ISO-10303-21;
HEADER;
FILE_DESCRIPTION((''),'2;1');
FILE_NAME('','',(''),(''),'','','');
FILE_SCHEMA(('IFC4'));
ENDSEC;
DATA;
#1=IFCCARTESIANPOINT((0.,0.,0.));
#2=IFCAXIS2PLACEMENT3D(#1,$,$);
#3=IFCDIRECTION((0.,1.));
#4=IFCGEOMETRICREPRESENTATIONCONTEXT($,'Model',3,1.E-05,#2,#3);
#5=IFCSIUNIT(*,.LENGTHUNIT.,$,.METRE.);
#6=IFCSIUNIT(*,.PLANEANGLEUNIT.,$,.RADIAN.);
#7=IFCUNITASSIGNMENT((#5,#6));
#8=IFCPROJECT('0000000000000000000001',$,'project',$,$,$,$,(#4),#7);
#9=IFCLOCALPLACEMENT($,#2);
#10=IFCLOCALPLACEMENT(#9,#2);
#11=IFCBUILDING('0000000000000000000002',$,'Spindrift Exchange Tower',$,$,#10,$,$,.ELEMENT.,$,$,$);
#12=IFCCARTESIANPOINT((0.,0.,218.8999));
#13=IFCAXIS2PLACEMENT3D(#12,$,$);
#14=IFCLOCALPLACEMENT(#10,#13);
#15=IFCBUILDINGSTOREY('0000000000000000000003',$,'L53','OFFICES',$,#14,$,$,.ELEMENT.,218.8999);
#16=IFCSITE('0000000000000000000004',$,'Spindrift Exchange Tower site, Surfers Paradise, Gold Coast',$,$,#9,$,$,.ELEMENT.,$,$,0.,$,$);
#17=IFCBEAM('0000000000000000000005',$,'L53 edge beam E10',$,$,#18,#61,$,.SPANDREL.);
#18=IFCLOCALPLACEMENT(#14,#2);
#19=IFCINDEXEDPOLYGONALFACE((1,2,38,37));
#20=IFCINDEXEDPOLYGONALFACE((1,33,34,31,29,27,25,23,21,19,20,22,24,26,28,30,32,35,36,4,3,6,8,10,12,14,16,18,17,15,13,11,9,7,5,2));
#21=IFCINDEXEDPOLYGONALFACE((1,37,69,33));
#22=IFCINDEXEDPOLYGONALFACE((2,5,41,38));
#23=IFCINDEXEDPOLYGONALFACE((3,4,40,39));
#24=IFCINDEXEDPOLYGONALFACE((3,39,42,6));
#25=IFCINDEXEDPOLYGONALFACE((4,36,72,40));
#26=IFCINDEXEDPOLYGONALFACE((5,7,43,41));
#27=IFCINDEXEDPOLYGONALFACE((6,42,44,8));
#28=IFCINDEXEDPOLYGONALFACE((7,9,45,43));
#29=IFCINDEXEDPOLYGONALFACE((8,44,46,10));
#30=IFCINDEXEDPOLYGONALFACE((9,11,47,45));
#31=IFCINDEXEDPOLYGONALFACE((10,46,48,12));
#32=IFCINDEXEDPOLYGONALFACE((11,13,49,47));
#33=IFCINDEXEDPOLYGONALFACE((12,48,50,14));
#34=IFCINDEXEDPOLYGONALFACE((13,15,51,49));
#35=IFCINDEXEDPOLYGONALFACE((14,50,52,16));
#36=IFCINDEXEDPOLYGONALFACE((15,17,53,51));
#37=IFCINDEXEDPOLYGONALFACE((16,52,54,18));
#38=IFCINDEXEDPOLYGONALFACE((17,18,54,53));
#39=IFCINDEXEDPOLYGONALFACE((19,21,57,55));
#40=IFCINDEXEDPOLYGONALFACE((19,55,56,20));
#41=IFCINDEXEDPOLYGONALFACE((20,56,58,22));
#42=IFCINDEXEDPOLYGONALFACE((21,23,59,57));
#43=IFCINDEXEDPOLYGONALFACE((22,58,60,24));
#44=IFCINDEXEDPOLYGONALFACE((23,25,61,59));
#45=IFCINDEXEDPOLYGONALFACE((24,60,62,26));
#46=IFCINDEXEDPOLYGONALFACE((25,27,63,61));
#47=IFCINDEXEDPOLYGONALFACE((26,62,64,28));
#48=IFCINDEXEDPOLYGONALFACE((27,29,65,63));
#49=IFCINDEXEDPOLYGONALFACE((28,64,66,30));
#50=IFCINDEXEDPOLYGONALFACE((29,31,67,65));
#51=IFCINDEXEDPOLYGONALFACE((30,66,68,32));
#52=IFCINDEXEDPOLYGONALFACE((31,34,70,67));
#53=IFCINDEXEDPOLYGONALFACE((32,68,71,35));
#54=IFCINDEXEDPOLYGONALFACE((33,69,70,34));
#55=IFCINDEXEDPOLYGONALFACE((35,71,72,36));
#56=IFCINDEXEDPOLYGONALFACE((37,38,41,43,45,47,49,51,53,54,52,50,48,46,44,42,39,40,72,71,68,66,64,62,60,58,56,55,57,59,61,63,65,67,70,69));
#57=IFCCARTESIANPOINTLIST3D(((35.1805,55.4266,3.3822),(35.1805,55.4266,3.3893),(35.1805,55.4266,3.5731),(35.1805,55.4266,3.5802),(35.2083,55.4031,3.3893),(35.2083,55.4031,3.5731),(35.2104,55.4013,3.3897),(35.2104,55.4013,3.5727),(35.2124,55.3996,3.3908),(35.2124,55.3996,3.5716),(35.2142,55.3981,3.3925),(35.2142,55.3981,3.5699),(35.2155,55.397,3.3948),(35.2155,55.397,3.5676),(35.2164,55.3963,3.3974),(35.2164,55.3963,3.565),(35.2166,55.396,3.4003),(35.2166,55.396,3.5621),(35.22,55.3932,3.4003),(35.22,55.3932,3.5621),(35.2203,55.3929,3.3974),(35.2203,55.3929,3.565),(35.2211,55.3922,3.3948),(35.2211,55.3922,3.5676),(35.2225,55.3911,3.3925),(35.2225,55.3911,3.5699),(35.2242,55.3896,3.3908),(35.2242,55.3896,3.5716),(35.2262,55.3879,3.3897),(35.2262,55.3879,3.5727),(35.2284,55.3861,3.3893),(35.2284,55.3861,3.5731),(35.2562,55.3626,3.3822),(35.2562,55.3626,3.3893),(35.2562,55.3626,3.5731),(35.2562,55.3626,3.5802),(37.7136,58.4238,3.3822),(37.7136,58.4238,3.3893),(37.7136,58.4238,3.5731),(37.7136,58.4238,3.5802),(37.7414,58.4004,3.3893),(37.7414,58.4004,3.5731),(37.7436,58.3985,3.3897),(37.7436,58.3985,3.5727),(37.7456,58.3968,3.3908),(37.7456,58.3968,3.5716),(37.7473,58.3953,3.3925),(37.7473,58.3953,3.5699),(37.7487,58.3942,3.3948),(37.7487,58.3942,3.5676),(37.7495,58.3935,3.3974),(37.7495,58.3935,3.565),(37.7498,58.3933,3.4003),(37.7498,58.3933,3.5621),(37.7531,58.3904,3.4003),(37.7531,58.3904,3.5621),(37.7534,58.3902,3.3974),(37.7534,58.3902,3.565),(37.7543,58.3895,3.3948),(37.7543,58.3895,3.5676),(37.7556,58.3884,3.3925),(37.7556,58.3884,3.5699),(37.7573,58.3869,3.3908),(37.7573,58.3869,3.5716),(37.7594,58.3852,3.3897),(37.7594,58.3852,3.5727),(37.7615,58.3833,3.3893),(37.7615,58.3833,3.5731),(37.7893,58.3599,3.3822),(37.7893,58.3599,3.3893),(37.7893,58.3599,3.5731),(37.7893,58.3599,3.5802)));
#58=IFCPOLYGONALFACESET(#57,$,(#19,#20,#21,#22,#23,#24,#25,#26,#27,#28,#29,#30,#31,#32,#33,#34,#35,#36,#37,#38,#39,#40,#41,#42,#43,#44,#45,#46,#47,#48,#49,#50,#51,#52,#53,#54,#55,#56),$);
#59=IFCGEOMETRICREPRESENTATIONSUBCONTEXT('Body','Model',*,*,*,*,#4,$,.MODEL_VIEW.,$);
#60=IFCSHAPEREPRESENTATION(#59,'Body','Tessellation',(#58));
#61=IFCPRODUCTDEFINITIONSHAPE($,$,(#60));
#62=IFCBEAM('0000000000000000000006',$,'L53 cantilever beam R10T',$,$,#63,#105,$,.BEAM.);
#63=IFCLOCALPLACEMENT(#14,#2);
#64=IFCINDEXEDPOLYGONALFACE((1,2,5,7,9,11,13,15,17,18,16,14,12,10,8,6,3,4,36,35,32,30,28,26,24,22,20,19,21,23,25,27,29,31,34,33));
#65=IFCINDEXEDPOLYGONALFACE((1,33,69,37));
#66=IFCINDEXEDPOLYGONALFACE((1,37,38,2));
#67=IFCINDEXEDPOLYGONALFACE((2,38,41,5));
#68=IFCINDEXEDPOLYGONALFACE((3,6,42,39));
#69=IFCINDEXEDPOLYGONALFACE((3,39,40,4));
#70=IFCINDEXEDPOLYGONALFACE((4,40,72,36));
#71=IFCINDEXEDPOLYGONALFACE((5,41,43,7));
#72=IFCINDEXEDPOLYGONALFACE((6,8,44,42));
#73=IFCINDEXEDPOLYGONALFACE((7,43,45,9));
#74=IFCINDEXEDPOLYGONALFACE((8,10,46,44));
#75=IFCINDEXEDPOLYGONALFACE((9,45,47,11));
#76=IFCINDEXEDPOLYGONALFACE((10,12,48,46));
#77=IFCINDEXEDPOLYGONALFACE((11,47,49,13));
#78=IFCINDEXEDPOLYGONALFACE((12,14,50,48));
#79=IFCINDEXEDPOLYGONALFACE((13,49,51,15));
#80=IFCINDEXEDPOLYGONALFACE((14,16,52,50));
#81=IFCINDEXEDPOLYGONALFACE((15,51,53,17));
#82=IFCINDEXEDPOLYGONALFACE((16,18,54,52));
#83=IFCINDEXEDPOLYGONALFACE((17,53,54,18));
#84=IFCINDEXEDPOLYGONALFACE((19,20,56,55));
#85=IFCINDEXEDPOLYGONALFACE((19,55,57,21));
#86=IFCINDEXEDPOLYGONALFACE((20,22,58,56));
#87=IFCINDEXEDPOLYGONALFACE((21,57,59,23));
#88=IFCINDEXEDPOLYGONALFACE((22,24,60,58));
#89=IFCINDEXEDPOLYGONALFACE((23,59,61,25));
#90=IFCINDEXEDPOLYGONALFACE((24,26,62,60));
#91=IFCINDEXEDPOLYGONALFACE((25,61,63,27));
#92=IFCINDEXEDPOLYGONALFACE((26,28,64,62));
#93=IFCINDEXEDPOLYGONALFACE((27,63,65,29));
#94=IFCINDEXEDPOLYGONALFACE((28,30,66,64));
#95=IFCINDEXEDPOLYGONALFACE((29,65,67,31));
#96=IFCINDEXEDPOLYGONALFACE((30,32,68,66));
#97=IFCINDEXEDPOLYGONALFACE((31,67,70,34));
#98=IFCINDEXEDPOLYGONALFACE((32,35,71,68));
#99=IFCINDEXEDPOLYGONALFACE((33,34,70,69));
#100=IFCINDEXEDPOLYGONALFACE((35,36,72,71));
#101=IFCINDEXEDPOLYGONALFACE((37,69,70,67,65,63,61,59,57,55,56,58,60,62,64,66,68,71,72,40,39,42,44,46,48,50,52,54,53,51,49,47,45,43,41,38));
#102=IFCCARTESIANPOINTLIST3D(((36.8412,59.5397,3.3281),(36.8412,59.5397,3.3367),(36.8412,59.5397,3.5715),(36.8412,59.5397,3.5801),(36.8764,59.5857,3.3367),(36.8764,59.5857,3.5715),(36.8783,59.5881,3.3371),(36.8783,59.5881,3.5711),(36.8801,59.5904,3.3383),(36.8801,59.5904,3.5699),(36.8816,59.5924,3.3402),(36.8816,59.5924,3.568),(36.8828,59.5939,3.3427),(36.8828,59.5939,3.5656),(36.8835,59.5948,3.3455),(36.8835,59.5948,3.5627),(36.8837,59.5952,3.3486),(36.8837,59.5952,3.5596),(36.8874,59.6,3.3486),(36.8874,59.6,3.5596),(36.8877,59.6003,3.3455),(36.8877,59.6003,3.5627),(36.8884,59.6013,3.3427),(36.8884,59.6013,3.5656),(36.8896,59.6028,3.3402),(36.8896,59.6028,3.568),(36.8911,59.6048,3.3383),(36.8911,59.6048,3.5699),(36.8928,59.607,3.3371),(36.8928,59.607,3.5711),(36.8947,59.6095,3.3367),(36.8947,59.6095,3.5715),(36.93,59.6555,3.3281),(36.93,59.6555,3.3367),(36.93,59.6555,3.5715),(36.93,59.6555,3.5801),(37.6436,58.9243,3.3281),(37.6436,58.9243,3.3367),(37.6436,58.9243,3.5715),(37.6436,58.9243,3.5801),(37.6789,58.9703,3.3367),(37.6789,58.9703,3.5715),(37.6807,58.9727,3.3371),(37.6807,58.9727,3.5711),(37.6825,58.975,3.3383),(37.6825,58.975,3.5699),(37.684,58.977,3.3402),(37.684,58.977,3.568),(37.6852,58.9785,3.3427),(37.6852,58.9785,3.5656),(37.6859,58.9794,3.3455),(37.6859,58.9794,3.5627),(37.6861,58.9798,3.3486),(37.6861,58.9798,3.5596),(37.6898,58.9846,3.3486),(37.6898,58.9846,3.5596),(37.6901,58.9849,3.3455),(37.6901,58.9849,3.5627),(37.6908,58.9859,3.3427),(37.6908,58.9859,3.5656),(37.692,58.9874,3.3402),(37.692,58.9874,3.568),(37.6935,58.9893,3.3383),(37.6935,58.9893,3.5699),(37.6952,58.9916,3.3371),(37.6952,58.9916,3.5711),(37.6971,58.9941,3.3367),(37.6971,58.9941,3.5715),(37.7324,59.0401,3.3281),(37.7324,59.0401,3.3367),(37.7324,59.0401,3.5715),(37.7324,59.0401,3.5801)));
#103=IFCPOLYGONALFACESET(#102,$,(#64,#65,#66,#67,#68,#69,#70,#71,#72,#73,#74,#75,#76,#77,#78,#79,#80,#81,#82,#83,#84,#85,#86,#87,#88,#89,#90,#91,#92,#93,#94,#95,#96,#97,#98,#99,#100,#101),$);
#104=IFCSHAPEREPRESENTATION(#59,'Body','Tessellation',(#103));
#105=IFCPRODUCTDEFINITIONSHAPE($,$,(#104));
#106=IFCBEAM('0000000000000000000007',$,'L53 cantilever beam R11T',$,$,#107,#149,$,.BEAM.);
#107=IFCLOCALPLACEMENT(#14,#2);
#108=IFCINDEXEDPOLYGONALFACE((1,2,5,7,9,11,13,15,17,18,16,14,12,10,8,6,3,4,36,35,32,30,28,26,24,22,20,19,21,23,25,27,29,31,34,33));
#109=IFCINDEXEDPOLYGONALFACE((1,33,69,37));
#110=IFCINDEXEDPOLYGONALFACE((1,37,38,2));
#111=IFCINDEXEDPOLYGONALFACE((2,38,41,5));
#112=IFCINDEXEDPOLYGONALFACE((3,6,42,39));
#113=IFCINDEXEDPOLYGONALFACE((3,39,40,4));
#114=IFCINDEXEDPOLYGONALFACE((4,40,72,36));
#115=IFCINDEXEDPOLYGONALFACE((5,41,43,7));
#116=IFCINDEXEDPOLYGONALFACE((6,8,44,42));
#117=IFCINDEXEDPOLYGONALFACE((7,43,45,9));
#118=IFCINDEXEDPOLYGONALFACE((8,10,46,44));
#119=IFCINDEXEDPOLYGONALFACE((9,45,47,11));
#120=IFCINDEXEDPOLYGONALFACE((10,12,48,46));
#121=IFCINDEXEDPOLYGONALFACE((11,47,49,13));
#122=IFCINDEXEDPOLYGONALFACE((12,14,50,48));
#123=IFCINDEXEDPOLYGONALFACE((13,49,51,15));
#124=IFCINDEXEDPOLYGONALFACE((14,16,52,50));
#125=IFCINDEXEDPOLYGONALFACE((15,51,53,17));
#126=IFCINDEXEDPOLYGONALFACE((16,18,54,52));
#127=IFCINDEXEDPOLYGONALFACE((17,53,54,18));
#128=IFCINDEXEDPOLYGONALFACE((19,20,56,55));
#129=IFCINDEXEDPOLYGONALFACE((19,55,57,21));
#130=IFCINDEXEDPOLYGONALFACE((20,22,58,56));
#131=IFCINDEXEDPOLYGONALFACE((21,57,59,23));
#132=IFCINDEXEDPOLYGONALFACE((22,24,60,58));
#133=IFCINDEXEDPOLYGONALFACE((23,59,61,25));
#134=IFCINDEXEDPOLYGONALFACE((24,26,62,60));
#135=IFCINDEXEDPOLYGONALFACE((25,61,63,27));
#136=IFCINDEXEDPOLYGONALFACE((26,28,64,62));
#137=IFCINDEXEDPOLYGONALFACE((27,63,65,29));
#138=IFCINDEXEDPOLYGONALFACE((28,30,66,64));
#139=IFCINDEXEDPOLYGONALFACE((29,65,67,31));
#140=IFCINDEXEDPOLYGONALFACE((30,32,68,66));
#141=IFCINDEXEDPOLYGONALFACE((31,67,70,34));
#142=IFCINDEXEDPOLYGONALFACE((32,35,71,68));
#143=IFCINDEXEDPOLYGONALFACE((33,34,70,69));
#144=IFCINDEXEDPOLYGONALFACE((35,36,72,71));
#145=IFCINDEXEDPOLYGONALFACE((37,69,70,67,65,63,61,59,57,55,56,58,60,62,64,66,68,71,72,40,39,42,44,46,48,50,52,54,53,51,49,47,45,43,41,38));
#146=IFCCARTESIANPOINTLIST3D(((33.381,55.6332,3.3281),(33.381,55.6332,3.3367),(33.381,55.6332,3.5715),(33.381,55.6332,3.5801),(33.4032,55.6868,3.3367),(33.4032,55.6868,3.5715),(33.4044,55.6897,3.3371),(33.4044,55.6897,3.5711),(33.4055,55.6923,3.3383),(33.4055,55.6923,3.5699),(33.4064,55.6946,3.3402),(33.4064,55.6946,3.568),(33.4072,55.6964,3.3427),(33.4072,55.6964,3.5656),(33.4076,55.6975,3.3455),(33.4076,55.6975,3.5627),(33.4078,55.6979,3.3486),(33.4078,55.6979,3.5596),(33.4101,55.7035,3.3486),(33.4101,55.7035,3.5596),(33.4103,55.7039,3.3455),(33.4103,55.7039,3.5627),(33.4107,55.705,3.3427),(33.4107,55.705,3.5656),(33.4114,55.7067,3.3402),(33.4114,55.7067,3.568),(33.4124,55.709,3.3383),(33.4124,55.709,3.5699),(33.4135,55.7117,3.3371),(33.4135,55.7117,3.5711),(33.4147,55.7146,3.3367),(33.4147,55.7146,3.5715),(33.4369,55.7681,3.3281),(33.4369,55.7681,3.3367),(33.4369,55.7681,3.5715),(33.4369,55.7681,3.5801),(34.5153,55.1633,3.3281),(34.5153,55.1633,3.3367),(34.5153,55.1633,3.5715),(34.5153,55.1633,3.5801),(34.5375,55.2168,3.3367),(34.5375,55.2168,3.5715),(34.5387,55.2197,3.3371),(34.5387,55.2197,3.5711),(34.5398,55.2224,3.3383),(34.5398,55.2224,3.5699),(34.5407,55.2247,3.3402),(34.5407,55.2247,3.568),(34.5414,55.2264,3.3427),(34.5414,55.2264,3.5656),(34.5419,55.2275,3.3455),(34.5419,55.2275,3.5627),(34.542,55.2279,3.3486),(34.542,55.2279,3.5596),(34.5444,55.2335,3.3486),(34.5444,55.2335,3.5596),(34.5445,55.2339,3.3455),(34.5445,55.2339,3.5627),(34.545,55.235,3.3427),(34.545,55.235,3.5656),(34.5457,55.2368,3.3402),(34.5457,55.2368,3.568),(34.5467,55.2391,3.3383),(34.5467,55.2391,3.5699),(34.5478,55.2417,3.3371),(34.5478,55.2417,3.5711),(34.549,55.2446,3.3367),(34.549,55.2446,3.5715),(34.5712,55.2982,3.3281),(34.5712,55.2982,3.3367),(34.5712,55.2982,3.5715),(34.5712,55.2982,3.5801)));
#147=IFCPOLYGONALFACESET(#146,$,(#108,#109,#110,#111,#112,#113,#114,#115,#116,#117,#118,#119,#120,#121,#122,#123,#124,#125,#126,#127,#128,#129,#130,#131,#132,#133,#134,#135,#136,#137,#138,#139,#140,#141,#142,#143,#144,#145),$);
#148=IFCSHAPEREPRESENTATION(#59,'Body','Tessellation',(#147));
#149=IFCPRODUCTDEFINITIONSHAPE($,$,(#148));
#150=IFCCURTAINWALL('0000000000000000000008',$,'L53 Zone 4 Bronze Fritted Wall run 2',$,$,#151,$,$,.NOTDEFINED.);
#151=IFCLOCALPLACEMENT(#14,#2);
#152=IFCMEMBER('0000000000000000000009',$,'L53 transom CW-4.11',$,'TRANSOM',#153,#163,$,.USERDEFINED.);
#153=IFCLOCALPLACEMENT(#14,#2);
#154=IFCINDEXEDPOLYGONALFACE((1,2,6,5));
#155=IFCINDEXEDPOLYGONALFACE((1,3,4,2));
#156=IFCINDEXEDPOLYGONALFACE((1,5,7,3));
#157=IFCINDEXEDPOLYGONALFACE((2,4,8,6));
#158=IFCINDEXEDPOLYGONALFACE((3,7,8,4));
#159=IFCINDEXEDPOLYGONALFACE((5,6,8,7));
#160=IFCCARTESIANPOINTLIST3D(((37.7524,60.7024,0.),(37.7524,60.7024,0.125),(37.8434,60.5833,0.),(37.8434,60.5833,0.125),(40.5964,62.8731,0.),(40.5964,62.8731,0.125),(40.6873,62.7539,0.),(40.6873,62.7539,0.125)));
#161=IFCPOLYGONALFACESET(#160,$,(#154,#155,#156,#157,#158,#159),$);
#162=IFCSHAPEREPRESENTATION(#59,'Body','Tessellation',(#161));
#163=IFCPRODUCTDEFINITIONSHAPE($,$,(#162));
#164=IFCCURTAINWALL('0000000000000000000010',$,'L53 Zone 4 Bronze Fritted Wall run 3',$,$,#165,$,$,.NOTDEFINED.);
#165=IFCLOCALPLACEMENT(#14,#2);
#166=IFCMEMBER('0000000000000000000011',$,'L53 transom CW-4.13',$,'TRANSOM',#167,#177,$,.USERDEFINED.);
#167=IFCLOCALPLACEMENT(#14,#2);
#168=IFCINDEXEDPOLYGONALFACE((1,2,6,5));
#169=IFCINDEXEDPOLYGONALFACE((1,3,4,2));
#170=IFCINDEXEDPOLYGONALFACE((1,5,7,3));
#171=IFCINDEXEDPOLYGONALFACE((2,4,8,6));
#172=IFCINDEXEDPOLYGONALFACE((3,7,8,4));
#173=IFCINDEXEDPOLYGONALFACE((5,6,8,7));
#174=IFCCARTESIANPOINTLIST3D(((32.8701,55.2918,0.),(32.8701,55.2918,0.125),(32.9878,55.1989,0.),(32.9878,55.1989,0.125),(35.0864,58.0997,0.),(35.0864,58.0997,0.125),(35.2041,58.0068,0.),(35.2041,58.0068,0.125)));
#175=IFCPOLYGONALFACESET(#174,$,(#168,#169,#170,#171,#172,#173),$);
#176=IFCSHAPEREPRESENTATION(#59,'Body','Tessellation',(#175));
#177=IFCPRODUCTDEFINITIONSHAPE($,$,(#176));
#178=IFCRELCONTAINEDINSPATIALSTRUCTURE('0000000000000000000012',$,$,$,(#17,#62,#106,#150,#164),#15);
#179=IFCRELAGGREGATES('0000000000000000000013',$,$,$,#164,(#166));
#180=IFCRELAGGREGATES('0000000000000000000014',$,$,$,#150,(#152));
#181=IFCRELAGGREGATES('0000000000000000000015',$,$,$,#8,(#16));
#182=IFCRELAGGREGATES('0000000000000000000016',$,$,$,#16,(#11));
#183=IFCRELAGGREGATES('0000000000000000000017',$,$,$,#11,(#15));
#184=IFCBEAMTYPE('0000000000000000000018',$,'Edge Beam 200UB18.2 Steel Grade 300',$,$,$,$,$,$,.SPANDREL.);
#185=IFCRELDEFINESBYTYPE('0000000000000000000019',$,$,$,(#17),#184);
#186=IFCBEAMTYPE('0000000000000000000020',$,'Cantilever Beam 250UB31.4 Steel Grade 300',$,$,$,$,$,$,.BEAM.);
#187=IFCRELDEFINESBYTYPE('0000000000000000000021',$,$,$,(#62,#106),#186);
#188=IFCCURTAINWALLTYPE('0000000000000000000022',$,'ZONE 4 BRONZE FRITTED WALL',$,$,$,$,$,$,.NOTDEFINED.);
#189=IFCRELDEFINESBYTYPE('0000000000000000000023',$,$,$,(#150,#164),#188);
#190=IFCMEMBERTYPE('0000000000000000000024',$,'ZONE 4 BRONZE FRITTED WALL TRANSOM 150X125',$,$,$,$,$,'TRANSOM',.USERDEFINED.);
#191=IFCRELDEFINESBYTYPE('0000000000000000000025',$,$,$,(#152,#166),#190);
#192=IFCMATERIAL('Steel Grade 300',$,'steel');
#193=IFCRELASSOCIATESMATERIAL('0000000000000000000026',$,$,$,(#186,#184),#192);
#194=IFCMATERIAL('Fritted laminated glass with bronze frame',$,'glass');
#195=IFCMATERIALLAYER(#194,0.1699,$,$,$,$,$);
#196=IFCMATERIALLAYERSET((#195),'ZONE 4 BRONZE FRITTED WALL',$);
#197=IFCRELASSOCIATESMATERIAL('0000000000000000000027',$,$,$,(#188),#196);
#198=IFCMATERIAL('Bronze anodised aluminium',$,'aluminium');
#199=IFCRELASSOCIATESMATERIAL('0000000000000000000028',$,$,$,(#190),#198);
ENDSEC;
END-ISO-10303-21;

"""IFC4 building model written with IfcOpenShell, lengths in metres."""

from ifc_helpers import new_model, si_unit, direction, frame, origin, origin_2d, place, context, subcontext, project, spatial, rectangle, i_section, extrude, source, transform, mapped, material, layer, layer_set, material_profile, profile_set, type_object, element, aggregate, save


model = new_model("IFC4")

# Units and contexts
model_context = context("Model", 3, precision=1e-05, world=origin(), true_north=direction((0.0, 1.0)))
body_context = subcontext(model_context, "Body", "Model", "MODEL_VIEW")
ifc_project = project(units=[si_unit("LENGTHUNIT", "METRE"), si_unit("PLANEANGLEUNIT", "RADIAN")], contexts=[model_context])

# Site, building, storey
site_placement = place(None, origin())
site = spatial("IfcSite", under=ifc_project, at=site_placement, Name="Spindrift Exchange Tower site, Surfers Paradise, Gold Coast", CompositionType="ELEMENT", RefElevation=0.0)
building_placement = place(site_placement, origin())
building = spatial("IfcBuilding", under=site, at=building_placement, Name="Spindrift Exchange Tower", CompositionType="ELEMENT")
storey_placement = place(building_placement, frame((0.0, 0.0, 218.8999)))
storey = spatial("IfcBuildingStorey", under=building, at=storey_placement, Name="L53", Description="OFFICES", CompositionType="ELEMENT", Elevation=218.8999)

# Beams
ifc_material_1 = material(Name="Steel Grade 300", Category="steel")
ifc_material_profile_1 = material_profile(ifc_material_1, i_section(OverallWidth=0.146, OverallDepth=0.252, WebThickness=0.0061, FlangeThickness=0.0085, FilletRadius=0.012, at=origin_2d()), Name="250UB31.4")
ifc_profile_set_1 = profile_set([ifc_material_profile_1], Name="Steel Grade 300")
beam_type_1 = type_object("IfcBeamType", Name="Cantilever Beam 250UB31.4 Steel Grade 300", PredefinedType="BEAM", material=ifc_profile_set_1)
ifc_material_profile_2 = material_profile(ifc_material_1, i_section(OverallWidth=0.0991, OverallDepth=0.198, WebThickness=0.0044, FlangeThickness=0.0071, FilletRadius=0.011, at=origin_2d()), Name="200UB18.2")
ifc_profile_set_2 = profile_set([ifc_material_profile_2], Name="Steel Grade 300")
beam_type_2 = type_object("IfcBeamType", Name="Edge Beam 200UB18.2 Steel Grade 300", PredefinedType="SPANDREL", material=ifc_profile_set_2)
shared_shape_1 = source(origin(), body_context, "Body", "SweptSolid", [
    extrude(i_section(OverallWidth=0.0991, OverallDepth=0.198, WebThickness=0.0044, FlangeThickness=0.0071, FilletRadius=0.011, at=origin_2d()), origin(), (0.0, 0.0, 1.0), 3.9243),
])
beam_1_placement = place(storey_placement, frame((37.7515, 58.3918, 3.4812), z_axis=(-0.645499, -0.763761, 0.0), x_axis=(0.763761, -0.645499, 0.0)))
element("IfcBeam", 1, at=beam_1_placement, inside=storey, type_object=beam_type_2, Name="L53 edge beam E10", PredefinedType="SPANDREL", context=body_context, shape_type="MappedRepresentation", body=[
    mapped(shared_shape_1, transform((0.0, 0.0, 0.0), scale=1.0)),
])
shared_shape_2 = source(origin(), body_context, "Body", "SweptSolid", [
    extrude(i_section(OverallWidth=0.146, OverallDepth=0.252, WebThickness=0.0061, FlangeThickness=0.0085, FilletRadius=0.012, at=origin_2d()), origin(), (0.0, 0.0, 1.0), 1.0112),
])
beam_2_placement = place(storey_placement, frame((37.688, 58.9822, 3.4541), z_axis=(-0.793494, 0.608579, 0.0), x_axis=(-0.608579, -0.793494, 0.0)))
element("IfcBeam", 2, at=beam_2_placement, inside=storey, type_object=beam_type_1, Name="L53 cantilever beam R10T", PredefinedType="BEAM", context=body_context, shape_type="MappedRepresentation", body=[
    mapped(shared_shape_2, transform((0.0, 0.0, 0.0), scale=1.0)),
])
shared_shape_3 = source(origin(), body_context, "Body", "SweptSolid", [
    extrude(i_section(OverallWidth=0.146, OverallDepth=0.252, WebThickness=0.0061, FlangeThickness=0.0085, FilletRadius=0.012, at=origin_2d()), origin(), (0.0, 0.0, 1.0), 1.2278),
])
beam_3_placement = place(storey_placement, frame((34.5432, 55.2307, 3.4541), z_axis=(-0.92384, 0.382779, 0.0), x_axis=(-0.382779, -0.92384, 0.0)))
element("IfcBeam", 3, at=beam_3_placement, inside=storey, type_object=beam_type_1, Name="L53 cantilever beam R11T", PredefinedType="BEAM", context=body_context, shape_type="MappedRepresentation", body=[
    mapped(shared_shape_3, transform((0.0, 0.0, 0.0), scale=1.0)),
])

# Curtain walls, members
ifc_material_2 = material(Name="Fritted laminated glass with bronze frame", Category="glass")
ifc_layer_1 = layer(ifc_material_2, 0.1699)
ifc_layer_set_1 = layer_set([ifc_layer_1], Name="ZONE 4 BRONZE FRITTED WALL")
curtain_wall_type = type_object("IfcCurtainWallType", Name="ZONE 4 BRONZE FRITTED WALL", PredefinedType="NOTDEFINED", material=ifc_layer_set_1)
curtain_wall_1_placement = place(storey_placement, origin())
curtain_wall_1 = element("IfcCurtainWall", 4, at=curtain_wall_1_placement, inside=storey, type_object=curtain_wall_type, Name="L53 Zone 4 Bronze Fritted Wall run 2", PredefinedType="NOTDEFINED")
ifc_material_3 = material(Name="Bronze anodised aluminium", Category="aluminium")
ifc_material_profile_3 = material_profile(ifc_material_3, rectangle(XDim=0.1499, YDim=0.125, at=origin_2d()), Name="ZONE 4 BRONZE FRITTED WALL TRANSOM 150X125")
ifc_profile_set_3 = profile_set([ifc_material_profile_3], Name="Bronze anodised aluminium")
member_type_1 = type_object("IfcMemberType", Name="ZONE 4 BRONZE FRITTED WALL TRANSOM 150X125", ElementType="TRANSOM", PredefinedType="USERDEFINED", material=ifc_profile_set_3)
shared_shape_4 = source(origin(), body_context, "Body", "SweptSolid", [
    extrude(rectangle(XDim=0.1499, YDim=0.125, at=origin_2d()), origin(), (0.0, 0.0, 1.0), 3.5776),
])
member_1_placement = place(storey_placement, frame((40.6418, 62.8135, 0.0625), z_axis=(-0.794919, -0.606715, 0.0), x_axis=(0.606715, -0.794919, 0.0)))
member_1 = element("IfcMember", 5, at=member_1_placement, type_object=member_type_1, Name="L53 transom CW-4.11", ObjectType="TRANSOM", PredefinedType="USERDEFINED", context=body_context, shape_type="MappedRepresentation", body=[
    mapped(shared_shape_4, transform((0.0, 0.0, 0.0), scale=1.0)),
])
curtain_wall_2_placement = place(storey_placement, origin())
curtain_wall_2 = element("IfcCurtainWall", 6, at=curtain_wall_2_placement, inside=storey, type_object=curtain_wall_type, Name="L53 Zone 4 Bronze Fritted Wall run 3", PredefinedType="NOTDEFINED")
shared_shape_5 = source(origin(), body_context, "Body", "SweptSolid", [
    extrude(rectangle(XDim=0.1499, YDim=0.125, at=origin_2d()), origin(), (0.0, 0.0, 1.0), 3.5771),
])
member_2_placement = place(storey_placement, frame((35.1453, 58.0532, 0.0625), z_axis=(-0.619571, -0.78494, 0.0), x_axis=(0.78494, -0.619571, 0.0)))
member_2 = element("IfcMember", 7, at=member_2_placement, type_object=member_type_1, Name="L53 transom CW-4.13", ObjectType="TRANSOM", PredefinedType="USERDEFINED", context=body_context, shape_type="MappedRepresentation", body=[
    mapped(shared_shape_5, transform((0.0, 0.0, 0.0), scale=1.0)),
])

aggregate(curtain_wall_2, [member_2])
aggregate(curtain_wall_1, [member_1])

save(model, "model.ifc")
